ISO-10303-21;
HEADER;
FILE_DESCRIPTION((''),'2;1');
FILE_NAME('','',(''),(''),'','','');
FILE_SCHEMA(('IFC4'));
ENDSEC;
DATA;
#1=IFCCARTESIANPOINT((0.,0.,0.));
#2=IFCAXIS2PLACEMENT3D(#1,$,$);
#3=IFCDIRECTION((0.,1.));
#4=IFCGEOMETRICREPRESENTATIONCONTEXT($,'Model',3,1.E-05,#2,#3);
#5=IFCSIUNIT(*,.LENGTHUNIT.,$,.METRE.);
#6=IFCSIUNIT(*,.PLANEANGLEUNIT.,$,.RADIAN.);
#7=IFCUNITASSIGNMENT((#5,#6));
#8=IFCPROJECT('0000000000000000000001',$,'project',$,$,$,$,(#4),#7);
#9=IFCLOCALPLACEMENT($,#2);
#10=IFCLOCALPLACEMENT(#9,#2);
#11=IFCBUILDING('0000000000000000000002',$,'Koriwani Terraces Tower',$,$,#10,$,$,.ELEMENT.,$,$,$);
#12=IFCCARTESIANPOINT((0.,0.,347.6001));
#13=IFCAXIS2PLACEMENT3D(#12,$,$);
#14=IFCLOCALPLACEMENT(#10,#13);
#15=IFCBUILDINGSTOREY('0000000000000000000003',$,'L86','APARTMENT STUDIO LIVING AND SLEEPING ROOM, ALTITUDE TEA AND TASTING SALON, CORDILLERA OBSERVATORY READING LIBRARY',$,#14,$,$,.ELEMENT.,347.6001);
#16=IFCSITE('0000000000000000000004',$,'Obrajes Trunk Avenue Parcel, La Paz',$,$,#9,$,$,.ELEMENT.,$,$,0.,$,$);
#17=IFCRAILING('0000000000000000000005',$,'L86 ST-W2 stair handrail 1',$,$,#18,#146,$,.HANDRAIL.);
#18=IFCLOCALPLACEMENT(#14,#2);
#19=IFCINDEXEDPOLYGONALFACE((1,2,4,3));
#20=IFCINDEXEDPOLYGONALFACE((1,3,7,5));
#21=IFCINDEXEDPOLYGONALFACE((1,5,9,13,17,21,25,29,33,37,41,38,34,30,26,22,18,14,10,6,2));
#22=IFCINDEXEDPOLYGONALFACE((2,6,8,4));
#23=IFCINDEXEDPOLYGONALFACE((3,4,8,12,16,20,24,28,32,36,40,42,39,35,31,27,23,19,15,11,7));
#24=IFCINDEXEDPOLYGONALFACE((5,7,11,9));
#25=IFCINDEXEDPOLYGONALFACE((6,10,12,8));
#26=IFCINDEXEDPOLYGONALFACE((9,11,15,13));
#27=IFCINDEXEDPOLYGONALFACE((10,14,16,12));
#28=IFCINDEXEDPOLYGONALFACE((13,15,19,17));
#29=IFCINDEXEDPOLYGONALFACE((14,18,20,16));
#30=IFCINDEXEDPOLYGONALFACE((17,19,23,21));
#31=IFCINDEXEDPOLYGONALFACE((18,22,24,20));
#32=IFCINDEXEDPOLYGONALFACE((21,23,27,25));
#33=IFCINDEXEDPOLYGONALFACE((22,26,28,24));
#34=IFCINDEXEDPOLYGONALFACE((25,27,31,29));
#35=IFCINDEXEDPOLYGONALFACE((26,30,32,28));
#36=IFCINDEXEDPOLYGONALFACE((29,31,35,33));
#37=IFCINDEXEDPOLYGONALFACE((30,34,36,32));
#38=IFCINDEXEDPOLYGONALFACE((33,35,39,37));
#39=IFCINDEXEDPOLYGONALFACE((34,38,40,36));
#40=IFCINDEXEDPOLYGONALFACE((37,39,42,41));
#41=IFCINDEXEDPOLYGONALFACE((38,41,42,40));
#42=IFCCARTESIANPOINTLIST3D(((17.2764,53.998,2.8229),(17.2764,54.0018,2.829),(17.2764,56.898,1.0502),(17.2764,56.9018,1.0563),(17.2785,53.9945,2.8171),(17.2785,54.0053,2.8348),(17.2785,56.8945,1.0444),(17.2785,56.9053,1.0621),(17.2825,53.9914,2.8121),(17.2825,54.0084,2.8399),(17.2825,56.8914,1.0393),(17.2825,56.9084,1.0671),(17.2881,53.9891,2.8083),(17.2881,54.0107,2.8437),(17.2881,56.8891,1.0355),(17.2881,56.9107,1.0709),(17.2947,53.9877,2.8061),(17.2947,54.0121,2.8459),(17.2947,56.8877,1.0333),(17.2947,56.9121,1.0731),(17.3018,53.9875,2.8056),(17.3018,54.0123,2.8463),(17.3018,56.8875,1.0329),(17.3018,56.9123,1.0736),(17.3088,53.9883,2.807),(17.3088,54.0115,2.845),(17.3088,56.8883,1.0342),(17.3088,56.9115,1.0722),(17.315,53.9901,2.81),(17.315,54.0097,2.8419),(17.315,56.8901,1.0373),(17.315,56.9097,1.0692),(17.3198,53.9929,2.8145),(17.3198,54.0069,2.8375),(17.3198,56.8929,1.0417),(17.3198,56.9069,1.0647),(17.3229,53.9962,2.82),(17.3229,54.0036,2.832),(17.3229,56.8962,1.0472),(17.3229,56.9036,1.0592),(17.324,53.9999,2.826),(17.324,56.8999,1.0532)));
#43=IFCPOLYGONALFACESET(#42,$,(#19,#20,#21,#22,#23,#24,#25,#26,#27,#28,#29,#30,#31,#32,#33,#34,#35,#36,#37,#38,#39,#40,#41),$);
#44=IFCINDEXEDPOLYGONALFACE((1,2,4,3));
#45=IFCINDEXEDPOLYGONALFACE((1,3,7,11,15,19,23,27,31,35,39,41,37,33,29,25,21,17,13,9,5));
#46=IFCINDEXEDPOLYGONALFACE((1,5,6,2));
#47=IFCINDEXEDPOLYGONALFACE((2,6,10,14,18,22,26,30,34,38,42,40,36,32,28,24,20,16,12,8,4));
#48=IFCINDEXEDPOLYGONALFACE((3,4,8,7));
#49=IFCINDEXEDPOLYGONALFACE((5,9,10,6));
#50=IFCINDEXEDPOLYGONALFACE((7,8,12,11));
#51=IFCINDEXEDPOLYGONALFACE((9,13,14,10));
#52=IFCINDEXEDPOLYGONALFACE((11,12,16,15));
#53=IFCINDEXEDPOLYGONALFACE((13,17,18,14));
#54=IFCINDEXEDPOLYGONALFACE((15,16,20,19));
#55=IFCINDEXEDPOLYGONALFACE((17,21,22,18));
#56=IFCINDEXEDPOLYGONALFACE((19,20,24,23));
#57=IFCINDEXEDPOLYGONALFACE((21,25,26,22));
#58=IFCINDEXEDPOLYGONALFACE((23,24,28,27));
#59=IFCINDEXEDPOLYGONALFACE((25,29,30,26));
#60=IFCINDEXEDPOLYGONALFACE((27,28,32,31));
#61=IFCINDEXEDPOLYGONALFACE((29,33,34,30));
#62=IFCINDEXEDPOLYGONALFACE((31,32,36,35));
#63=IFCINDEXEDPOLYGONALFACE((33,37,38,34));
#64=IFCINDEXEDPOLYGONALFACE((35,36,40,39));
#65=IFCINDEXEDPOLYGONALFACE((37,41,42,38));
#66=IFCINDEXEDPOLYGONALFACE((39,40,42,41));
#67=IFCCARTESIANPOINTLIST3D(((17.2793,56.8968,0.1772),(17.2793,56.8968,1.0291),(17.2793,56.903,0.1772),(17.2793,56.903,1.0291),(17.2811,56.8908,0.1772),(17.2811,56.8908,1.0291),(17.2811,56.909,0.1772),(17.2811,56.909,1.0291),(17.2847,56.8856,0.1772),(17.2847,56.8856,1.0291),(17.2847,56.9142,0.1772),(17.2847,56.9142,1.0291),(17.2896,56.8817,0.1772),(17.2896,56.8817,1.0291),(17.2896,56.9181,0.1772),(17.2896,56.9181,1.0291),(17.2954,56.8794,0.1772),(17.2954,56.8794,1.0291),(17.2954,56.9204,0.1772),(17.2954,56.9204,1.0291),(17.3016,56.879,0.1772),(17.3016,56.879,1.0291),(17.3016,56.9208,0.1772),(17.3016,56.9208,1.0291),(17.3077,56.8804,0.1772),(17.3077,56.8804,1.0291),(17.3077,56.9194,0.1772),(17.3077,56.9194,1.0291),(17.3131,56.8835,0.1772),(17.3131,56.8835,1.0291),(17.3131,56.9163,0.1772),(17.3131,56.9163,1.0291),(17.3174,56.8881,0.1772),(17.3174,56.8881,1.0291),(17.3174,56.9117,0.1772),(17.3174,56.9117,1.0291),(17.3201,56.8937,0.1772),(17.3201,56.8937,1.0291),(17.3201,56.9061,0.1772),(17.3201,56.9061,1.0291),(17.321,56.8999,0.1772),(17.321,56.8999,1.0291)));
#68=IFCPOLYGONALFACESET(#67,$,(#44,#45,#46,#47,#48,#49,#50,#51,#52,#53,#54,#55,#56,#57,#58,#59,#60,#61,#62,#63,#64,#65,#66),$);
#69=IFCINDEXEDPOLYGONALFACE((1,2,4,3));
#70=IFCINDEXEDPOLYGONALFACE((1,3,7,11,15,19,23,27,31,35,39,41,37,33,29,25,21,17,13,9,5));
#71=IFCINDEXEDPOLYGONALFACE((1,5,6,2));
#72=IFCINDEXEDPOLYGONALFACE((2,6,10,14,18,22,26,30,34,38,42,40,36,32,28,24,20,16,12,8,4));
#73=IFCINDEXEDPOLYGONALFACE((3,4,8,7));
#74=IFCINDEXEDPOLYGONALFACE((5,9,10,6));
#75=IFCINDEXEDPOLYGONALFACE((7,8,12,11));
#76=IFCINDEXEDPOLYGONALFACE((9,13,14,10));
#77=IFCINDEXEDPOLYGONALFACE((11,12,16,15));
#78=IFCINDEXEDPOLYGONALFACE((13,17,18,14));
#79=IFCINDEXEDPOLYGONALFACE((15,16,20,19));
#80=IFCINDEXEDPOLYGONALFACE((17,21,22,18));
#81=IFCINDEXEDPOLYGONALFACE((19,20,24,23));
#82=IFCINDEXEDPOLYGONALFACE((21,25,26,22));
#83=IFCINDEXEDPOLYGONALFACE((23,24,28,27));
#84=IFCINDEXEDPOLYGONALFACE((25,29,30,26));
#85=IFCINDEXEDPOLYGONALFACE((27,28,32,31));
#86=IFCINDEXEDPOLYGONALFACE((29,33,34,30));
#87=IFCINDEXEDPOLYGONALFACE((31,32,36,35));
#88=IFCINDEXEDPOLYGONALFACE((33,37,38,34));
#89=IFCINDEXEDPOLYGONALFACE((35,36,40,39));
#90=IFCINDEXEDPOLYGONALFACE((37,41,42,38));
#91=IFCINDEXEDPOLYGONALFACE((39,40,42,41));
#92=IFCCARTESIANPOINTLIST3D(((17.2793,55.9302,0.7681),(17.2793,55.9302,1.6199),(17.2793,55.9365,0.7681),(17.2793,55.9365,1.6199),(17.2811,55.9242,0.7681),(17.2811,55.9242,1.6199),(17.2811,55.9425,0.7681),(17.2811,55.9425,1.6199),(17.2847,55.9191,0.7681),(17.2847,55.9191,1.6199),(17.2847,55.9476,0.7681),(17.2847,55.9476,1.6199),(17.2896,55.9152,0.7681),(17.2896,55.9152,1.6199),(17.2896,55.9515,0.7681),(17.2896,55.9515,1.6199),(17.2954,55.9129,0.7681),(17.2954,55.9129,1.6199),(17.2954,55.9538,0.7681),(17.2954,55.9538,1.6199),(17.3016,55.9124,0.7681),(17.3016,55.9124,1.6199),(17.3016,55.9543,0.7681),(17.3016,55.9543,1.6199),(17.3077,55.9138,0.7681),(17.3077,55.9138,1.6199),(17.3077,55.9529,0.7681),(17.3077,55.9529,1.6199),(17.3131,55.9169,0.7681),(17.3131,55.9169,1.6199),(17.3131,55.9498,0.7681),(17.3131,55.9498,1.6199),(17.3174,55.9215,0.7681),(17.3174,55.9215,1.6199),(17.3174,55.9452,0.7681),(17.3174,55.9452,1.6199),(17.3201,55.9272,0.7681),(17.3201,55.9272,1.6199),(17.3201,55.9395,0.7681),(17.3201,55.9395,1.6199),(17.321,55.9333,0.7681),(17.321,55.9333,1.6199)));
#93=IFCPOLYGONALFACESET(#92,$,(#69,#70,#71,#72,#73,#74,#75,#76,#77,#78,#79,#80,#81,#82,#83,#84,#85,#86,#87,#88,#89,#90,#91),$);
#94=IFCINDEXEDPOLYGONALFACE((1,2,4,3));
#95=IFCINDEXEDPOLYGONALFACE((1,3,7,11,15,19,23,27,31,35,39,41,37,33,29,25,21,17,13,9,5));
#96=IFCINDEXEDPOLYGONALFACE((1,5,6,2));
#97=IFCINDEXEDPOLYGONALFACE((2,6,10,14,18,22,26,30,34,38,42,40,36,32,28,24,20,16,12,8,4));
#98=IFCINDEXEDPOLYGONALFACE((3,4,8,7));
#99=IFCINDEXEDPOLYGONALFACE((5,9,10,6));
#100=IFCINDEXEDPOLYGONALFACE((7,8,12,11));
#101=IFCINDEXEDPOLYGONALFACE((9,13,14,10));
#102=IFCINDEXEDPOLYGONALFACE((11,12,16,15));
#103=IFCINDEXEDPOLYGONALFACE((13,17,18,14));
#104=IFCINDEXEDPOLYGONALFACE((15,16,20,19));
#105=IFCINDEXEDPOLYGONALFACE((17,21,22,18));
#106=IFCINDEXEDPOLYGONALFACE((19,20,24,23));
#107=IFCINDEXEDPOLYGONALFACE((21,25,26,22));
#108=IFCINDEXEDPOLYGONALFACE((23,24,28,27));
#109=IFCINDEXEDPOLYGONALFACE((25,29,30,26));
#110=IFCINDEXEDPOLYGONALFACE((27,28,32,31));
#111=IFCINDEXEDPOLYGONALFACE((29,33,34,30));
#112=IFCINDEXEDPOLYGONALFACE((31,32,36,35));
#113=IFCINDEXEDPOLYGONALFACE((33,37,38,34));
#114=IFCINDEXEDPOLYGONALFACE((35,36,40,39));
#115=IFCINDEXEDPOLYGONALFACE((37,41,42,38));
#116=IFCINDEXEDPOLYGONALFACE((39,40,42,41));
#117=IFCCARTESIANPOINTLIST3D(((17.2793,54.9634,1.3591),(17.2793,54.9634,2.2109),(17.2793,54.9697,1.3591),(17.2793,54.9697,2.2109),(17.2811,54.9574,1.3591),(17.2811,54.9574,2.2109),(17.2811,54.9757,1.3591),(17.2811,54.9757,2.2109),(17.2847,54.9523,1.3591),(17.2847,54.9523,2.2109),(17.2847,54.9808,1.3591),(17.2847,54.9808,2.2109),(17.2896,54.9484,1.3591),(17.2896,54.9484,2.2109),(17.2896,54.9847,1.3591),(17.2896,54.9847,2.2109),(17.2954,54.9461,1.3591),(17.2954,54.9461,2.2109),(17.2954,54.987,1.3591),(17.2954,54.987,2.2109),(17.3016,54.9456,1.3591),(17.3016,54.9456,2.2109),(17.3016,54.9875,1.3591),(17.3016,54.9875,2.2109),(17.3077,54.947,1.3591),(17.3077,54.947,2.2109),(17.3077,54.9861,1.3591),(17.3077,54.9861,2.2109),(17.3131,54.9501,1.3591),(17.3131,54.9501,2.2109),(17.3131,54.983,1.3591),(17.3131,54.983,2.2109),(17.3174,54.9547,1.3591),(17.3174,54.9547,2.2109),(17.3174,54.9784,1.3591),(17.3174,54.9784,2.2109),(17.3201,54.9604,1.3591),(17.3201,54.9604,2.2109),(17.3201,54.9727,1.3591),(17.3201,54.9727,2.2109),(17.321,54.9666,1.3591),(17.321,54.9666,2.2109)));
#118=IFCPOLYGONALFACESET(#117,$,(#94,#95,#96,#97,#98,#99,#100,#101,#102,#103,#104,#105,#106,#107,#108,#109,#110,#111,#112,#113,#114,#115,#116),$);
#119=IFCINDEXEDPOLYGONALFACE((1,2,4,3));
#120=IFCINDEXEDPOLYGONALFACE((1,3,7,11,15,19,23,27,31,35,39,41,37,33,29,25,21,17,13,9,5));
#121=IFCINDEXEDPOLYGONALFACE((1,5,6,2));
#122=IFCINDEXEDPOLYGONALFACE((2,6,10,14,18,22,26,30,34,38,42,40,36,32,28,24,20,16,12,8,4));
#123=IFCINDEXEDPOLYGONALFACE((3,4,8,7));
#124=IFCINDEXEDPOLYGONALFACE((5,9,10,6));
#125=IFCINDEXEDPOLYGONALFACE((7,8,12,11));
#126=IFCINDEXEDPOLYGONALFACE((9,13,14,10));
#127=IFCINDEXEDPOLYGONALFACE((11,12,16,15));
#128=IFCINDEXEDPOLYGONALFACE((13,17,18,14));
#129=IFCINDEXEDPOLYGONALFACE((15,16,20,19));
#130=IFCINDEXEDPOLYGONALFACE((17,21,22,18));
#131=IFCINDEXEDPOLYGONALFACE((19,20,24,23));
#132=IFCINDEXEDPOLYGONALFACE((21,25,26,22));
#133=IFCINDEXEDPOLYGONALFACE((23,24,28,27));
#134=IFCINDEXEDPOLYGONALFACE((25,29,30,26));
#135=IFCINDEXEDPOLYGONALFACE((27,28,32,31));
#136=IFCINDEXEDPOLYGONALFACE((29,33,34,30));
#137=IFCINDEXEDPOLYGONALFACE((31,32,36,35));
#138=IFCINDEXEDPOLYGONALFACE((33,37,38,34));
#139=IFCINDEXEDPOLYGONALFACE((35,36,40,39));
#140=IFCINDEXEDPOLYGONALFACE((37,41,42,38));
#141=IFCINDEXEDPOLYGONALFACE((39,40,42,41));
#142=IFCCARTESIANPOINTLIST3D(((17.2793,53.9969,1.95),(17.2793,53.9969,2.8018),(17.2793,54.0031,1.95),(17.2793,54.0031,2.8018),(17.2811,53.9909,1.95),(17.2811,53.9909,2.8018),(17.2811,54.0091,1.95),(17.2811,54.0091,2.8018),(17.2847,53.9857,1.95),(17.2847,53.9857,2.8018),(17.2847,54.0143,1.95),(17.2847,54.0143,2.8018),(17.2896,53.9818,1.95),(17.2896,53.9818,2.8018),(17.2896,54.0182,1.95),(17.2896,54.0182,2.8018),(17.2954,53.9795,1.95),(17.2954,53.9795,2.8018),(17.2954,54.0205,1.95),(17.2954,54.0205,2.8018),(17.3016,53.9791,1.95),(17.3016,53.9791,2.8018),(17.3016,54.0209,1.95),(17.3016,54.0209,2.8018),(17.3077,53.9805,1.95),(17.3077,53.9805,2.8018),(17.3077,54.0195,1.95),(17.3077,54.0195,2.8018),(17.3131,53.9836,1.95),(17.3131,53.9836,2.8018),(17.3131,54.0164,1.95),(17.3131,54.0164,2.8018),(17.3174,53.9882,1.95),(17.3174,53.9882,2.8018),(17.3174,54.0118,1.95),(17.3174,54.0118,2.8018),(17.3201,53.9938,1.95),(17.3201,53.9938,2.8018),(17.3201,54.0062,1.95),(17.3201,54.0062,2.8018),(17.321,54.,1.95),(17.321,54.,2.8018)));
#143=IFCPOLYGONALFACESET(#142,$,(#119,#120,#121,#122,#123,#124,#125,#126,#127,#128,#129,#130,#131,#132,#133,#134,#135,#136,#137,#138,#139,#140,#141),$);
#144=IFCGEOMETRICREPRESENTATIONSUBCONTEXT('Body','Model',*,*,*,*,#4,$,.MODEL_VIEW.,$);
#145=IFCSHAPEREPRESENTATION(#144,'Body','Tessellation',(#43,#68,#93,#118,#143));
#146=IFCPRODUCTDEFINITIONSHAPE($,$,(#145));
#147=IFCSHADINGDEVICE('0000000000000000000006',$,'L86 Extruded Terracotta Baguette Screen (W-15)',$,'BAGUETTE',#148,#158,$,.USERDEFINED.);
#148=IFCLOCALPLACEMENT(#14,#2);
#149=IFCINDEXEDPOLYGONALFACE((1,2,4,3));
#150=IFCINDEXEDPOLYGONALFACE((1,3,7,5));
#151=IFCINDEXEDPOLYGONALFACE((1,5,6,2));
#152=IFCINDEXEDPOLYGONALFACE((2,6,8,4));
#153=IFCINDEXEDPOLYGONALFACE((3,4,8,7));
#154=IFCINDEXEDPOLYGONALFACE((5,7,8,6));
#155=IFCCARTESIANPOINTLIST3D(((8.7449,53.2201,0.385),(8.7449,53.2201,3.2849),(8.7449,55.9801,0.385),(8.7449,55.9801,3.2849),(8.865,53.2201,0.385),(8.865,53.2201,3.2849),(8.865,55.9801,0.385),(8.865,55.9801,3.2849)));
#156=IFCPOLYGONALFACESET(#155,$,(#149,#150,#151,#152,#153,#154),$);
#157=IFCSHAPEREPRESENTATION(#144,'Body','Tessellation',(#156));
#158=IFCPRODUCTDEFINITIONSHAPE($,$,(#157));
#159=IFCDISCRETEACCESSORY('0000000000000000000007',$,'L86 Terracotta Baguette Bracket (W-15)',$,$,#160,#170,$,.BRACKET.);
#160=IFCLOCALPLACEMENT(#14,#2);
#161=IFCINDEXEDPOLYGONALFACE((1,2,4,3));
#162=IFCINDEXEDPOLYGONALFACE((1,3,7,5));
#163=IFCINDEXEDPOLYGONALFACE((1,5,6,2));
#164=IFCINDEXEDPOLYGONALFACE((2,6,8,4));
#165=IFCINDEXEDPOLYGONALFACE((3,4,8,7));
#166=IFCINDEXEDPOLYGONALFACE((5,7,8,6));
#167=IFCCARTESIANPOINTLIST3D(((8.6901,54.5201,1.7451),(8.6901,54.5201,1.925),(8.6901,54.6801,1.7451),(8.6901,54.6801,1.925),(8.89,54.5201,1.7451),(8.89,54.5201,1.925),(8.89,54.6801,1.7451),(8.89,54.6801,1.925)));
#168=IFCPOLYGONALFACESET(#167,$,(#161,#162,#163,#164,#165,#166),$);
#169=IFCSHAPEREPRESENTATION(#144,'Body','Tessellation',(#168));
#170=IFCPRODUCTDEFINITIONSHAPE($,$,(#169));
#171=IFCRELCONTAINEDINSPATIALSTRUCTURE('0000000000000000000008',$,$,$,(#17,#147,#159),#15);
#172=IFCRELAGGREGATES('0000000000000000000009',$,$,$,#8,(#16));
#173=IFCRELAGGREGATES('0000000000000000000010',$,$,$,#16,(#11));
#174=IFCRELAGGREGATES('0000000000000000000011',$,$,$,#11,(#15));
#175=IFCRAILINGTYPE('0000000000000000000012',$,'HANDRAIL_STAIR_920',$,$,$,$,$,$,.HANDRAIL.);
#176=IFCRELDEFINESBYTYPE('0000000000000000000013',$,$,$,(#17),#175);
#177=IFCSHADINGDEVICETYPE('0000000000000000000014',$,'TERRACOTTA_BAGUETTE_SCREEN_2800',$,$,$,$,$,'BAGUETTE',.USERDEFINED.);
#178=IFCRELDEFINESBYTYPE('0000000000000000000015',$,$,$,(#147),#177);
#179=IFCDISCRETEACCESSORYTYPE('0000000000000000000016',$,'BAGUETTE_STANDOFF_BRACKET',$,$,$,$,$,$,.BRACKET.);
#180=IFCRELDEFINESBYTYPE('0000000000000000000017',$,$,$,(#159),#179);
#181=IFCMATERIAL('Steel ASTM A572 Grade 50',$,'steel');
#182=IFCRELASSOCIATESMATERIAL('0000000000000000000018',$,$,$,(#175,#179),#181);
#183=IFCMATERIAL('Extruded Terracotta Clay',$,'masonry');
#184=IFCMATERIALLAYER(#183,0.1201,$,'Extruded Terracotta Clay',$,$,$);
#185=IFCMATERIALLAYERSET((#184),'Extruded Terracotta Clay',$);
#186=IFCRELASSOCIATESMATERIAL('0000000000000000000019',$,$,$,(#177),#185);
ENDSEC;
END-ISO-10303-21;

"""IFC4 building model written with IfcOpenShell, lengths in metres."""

from ifc_helpers import new_model, si_unit, direction, frame, origin, origin_2d, place, context, subcontext, project, spatial, rectangle, circle, extrude, material, layer, layer_set, type_object, element, save


model = new_model("IFC4")

# Units and contexts
model_context = context("Model", 3, precision=1e-05, world=origin(), true_north=direction((0.0, 1.0)))
body_context = subcontext(model_context, "Body", "Model", "MODEL_VIEW")
ifc_project = project(units=[si_unit("LENGTHUNIT", "METRE"), si_unit("PLANEANGLEUNIT", "RADIAN")], contexts=[model_context])

# Site, building, storey
site_placement = place(None, origin())
site = spatial("IfcSite", under=ifc_project, at=site_placement, Name="Obrajes Trunk Avenue Parcel, La Paz", CompositionType="ELEMENT", RefElevation=0.0)
building_placement = place(site_placement, origin())
building = spatial("IfcBuilding", under=site, at=building_placement, Name="Koriwani Terraces Tower", CompositionType="ELEMENT")
storey_placement = place(building_placement, frame((0.0, 0.0, 347.6001)))
storey = spatial("IfcBuildingStorey", under=building, at=storey_placement, Name="L86", Description="APARTMENT STUDIO LIVING AND SLEEPING ROOM, ALTITUDE TEA AND TASTING SALON, CORDILLERA OBSERVATORY READING LIBRARY", CompositionType="ELEMENT", Elevation=347.6001)

# Shared definitions
ifc_material_1 = material(Name="Steel ASTM A572 Grade 50", Category="steel")

# Railing
railing_type_1 = type_object("IfcRailingType", Name="HANDRAIL_STAIR_920", PredefinedType="HANDRAIL", material=ifc_material_1)
railing_1_placement = place(storey_placement, frame((17.3, 56.8999, 0.1772)))
element("IfcRailing", 1, at=railing_1_placement, inside=storey, type_object=railing_type_1, Name="L86 ST-W2 stair handrail 1", PredefinedType="HANDRAIL", context=body_context, shape_type="SweptSolid", body=[
    extrude(circle(Radius=0.0239, at=origin_2d()), frame((0.0, 0.0, 0.876), z_axis=(0.0, -0.853211, 0.521566), x_axis=(1.0, 0.0, 0.0)), (0.0, 0.0, 1.0), 3.3989),
    extrude(circle(Radius=0.021, at=origin_2d()), origin(), (0.0, 0.0, 1.0), 0.8518),
    extrude(circle(Radius=0.021, at=origin_2d()), frame((0.0, -0.9666, 0.5908)), (0.0, 0.0, 1.0), 0.8518),
    extrude(circle(Radius=0.021, at=origin_2d()), frame((0.0, -1.9333, 1.1819)), (0.0, 0.0, 1.0), 0.8518),
    extrude(circle(Radius=0.021, at=origin_2d()), frame((0.0, -2.8999, 1.7727)), (0.0, 0.0, 1.0), 0.8518),
])

# Shading device
ifc_material_2 = material(Name="Extruded Terracotta Clay", Category="masonry")
ifc_layer_1 = layer(ifc_material_2, 0.1201, Name="Extruded Terracotta Clay")
ifc_layer_set_1 = layer_set([ifc_layer_1], Name="Extruded Terracotta Clay")
shading_device_type = type_object("IfcShadingDeviceType", Name="TERRACOTTA_BAGUETTE_SCREEN_2800", ElementType="BAGUETTE", PredefinedType="USERDEFINED", material=ifc_layer_set_1)
shading_device_placement = place(storey_placement, frame((8.8049, 54.6001, 0.385), z_axis=(0.0, 0.0, 1.0), x_axis=(0.0, 1.0, 0.0)))
element("IfcShadingDevice", 2, at=shading_device_placement, inside=storey, type_object=shading_device_type, Name="L86 Extruded Terracotta Baguette Screen (W-15)", ObjectType="BAGUETTE", PredefinedType="USERDEFINED", context=body_context, shape_type="SweptSolid", body=[
    extrude(rectangle(XDim=2.76, YDim=0.1201, at=origin_2d()), origin(), (0.0, 0.0, 1.0), 2.8999),
])

# Discrete accessory
discrete_accessory_type = type_object("IfcDiscreteAccessoryType", Name="BAGUETTE_STANDOFF_BRACKET", PredefinedType="BRACKET", material=ifc_material_1)
discrete_accessory_placement = place(storey_placement, frame((8.79, 54.6001, 1.7451), z_axis=(0.0, 0.0, 1.0), x_axis=(0.0, 1.0, 0.0)))
element("IfcDiscreteAccessory", 3, at=discrete_accessory_placement, inside=storey, type_object=discrete_accessory_type, Name="L86 Terracotta Baguette Bracket (W-15)", PredefinedType="BRACKET", context=body_context, shape_type="SweptSolid", body=[
    extrude(rectangle(XDim=0.1599, YDim=0.2, at=origin_2d()), origin(), (0.0, 0.0, 1.0), 0.1799),
])

save(model, "model.ifc")
